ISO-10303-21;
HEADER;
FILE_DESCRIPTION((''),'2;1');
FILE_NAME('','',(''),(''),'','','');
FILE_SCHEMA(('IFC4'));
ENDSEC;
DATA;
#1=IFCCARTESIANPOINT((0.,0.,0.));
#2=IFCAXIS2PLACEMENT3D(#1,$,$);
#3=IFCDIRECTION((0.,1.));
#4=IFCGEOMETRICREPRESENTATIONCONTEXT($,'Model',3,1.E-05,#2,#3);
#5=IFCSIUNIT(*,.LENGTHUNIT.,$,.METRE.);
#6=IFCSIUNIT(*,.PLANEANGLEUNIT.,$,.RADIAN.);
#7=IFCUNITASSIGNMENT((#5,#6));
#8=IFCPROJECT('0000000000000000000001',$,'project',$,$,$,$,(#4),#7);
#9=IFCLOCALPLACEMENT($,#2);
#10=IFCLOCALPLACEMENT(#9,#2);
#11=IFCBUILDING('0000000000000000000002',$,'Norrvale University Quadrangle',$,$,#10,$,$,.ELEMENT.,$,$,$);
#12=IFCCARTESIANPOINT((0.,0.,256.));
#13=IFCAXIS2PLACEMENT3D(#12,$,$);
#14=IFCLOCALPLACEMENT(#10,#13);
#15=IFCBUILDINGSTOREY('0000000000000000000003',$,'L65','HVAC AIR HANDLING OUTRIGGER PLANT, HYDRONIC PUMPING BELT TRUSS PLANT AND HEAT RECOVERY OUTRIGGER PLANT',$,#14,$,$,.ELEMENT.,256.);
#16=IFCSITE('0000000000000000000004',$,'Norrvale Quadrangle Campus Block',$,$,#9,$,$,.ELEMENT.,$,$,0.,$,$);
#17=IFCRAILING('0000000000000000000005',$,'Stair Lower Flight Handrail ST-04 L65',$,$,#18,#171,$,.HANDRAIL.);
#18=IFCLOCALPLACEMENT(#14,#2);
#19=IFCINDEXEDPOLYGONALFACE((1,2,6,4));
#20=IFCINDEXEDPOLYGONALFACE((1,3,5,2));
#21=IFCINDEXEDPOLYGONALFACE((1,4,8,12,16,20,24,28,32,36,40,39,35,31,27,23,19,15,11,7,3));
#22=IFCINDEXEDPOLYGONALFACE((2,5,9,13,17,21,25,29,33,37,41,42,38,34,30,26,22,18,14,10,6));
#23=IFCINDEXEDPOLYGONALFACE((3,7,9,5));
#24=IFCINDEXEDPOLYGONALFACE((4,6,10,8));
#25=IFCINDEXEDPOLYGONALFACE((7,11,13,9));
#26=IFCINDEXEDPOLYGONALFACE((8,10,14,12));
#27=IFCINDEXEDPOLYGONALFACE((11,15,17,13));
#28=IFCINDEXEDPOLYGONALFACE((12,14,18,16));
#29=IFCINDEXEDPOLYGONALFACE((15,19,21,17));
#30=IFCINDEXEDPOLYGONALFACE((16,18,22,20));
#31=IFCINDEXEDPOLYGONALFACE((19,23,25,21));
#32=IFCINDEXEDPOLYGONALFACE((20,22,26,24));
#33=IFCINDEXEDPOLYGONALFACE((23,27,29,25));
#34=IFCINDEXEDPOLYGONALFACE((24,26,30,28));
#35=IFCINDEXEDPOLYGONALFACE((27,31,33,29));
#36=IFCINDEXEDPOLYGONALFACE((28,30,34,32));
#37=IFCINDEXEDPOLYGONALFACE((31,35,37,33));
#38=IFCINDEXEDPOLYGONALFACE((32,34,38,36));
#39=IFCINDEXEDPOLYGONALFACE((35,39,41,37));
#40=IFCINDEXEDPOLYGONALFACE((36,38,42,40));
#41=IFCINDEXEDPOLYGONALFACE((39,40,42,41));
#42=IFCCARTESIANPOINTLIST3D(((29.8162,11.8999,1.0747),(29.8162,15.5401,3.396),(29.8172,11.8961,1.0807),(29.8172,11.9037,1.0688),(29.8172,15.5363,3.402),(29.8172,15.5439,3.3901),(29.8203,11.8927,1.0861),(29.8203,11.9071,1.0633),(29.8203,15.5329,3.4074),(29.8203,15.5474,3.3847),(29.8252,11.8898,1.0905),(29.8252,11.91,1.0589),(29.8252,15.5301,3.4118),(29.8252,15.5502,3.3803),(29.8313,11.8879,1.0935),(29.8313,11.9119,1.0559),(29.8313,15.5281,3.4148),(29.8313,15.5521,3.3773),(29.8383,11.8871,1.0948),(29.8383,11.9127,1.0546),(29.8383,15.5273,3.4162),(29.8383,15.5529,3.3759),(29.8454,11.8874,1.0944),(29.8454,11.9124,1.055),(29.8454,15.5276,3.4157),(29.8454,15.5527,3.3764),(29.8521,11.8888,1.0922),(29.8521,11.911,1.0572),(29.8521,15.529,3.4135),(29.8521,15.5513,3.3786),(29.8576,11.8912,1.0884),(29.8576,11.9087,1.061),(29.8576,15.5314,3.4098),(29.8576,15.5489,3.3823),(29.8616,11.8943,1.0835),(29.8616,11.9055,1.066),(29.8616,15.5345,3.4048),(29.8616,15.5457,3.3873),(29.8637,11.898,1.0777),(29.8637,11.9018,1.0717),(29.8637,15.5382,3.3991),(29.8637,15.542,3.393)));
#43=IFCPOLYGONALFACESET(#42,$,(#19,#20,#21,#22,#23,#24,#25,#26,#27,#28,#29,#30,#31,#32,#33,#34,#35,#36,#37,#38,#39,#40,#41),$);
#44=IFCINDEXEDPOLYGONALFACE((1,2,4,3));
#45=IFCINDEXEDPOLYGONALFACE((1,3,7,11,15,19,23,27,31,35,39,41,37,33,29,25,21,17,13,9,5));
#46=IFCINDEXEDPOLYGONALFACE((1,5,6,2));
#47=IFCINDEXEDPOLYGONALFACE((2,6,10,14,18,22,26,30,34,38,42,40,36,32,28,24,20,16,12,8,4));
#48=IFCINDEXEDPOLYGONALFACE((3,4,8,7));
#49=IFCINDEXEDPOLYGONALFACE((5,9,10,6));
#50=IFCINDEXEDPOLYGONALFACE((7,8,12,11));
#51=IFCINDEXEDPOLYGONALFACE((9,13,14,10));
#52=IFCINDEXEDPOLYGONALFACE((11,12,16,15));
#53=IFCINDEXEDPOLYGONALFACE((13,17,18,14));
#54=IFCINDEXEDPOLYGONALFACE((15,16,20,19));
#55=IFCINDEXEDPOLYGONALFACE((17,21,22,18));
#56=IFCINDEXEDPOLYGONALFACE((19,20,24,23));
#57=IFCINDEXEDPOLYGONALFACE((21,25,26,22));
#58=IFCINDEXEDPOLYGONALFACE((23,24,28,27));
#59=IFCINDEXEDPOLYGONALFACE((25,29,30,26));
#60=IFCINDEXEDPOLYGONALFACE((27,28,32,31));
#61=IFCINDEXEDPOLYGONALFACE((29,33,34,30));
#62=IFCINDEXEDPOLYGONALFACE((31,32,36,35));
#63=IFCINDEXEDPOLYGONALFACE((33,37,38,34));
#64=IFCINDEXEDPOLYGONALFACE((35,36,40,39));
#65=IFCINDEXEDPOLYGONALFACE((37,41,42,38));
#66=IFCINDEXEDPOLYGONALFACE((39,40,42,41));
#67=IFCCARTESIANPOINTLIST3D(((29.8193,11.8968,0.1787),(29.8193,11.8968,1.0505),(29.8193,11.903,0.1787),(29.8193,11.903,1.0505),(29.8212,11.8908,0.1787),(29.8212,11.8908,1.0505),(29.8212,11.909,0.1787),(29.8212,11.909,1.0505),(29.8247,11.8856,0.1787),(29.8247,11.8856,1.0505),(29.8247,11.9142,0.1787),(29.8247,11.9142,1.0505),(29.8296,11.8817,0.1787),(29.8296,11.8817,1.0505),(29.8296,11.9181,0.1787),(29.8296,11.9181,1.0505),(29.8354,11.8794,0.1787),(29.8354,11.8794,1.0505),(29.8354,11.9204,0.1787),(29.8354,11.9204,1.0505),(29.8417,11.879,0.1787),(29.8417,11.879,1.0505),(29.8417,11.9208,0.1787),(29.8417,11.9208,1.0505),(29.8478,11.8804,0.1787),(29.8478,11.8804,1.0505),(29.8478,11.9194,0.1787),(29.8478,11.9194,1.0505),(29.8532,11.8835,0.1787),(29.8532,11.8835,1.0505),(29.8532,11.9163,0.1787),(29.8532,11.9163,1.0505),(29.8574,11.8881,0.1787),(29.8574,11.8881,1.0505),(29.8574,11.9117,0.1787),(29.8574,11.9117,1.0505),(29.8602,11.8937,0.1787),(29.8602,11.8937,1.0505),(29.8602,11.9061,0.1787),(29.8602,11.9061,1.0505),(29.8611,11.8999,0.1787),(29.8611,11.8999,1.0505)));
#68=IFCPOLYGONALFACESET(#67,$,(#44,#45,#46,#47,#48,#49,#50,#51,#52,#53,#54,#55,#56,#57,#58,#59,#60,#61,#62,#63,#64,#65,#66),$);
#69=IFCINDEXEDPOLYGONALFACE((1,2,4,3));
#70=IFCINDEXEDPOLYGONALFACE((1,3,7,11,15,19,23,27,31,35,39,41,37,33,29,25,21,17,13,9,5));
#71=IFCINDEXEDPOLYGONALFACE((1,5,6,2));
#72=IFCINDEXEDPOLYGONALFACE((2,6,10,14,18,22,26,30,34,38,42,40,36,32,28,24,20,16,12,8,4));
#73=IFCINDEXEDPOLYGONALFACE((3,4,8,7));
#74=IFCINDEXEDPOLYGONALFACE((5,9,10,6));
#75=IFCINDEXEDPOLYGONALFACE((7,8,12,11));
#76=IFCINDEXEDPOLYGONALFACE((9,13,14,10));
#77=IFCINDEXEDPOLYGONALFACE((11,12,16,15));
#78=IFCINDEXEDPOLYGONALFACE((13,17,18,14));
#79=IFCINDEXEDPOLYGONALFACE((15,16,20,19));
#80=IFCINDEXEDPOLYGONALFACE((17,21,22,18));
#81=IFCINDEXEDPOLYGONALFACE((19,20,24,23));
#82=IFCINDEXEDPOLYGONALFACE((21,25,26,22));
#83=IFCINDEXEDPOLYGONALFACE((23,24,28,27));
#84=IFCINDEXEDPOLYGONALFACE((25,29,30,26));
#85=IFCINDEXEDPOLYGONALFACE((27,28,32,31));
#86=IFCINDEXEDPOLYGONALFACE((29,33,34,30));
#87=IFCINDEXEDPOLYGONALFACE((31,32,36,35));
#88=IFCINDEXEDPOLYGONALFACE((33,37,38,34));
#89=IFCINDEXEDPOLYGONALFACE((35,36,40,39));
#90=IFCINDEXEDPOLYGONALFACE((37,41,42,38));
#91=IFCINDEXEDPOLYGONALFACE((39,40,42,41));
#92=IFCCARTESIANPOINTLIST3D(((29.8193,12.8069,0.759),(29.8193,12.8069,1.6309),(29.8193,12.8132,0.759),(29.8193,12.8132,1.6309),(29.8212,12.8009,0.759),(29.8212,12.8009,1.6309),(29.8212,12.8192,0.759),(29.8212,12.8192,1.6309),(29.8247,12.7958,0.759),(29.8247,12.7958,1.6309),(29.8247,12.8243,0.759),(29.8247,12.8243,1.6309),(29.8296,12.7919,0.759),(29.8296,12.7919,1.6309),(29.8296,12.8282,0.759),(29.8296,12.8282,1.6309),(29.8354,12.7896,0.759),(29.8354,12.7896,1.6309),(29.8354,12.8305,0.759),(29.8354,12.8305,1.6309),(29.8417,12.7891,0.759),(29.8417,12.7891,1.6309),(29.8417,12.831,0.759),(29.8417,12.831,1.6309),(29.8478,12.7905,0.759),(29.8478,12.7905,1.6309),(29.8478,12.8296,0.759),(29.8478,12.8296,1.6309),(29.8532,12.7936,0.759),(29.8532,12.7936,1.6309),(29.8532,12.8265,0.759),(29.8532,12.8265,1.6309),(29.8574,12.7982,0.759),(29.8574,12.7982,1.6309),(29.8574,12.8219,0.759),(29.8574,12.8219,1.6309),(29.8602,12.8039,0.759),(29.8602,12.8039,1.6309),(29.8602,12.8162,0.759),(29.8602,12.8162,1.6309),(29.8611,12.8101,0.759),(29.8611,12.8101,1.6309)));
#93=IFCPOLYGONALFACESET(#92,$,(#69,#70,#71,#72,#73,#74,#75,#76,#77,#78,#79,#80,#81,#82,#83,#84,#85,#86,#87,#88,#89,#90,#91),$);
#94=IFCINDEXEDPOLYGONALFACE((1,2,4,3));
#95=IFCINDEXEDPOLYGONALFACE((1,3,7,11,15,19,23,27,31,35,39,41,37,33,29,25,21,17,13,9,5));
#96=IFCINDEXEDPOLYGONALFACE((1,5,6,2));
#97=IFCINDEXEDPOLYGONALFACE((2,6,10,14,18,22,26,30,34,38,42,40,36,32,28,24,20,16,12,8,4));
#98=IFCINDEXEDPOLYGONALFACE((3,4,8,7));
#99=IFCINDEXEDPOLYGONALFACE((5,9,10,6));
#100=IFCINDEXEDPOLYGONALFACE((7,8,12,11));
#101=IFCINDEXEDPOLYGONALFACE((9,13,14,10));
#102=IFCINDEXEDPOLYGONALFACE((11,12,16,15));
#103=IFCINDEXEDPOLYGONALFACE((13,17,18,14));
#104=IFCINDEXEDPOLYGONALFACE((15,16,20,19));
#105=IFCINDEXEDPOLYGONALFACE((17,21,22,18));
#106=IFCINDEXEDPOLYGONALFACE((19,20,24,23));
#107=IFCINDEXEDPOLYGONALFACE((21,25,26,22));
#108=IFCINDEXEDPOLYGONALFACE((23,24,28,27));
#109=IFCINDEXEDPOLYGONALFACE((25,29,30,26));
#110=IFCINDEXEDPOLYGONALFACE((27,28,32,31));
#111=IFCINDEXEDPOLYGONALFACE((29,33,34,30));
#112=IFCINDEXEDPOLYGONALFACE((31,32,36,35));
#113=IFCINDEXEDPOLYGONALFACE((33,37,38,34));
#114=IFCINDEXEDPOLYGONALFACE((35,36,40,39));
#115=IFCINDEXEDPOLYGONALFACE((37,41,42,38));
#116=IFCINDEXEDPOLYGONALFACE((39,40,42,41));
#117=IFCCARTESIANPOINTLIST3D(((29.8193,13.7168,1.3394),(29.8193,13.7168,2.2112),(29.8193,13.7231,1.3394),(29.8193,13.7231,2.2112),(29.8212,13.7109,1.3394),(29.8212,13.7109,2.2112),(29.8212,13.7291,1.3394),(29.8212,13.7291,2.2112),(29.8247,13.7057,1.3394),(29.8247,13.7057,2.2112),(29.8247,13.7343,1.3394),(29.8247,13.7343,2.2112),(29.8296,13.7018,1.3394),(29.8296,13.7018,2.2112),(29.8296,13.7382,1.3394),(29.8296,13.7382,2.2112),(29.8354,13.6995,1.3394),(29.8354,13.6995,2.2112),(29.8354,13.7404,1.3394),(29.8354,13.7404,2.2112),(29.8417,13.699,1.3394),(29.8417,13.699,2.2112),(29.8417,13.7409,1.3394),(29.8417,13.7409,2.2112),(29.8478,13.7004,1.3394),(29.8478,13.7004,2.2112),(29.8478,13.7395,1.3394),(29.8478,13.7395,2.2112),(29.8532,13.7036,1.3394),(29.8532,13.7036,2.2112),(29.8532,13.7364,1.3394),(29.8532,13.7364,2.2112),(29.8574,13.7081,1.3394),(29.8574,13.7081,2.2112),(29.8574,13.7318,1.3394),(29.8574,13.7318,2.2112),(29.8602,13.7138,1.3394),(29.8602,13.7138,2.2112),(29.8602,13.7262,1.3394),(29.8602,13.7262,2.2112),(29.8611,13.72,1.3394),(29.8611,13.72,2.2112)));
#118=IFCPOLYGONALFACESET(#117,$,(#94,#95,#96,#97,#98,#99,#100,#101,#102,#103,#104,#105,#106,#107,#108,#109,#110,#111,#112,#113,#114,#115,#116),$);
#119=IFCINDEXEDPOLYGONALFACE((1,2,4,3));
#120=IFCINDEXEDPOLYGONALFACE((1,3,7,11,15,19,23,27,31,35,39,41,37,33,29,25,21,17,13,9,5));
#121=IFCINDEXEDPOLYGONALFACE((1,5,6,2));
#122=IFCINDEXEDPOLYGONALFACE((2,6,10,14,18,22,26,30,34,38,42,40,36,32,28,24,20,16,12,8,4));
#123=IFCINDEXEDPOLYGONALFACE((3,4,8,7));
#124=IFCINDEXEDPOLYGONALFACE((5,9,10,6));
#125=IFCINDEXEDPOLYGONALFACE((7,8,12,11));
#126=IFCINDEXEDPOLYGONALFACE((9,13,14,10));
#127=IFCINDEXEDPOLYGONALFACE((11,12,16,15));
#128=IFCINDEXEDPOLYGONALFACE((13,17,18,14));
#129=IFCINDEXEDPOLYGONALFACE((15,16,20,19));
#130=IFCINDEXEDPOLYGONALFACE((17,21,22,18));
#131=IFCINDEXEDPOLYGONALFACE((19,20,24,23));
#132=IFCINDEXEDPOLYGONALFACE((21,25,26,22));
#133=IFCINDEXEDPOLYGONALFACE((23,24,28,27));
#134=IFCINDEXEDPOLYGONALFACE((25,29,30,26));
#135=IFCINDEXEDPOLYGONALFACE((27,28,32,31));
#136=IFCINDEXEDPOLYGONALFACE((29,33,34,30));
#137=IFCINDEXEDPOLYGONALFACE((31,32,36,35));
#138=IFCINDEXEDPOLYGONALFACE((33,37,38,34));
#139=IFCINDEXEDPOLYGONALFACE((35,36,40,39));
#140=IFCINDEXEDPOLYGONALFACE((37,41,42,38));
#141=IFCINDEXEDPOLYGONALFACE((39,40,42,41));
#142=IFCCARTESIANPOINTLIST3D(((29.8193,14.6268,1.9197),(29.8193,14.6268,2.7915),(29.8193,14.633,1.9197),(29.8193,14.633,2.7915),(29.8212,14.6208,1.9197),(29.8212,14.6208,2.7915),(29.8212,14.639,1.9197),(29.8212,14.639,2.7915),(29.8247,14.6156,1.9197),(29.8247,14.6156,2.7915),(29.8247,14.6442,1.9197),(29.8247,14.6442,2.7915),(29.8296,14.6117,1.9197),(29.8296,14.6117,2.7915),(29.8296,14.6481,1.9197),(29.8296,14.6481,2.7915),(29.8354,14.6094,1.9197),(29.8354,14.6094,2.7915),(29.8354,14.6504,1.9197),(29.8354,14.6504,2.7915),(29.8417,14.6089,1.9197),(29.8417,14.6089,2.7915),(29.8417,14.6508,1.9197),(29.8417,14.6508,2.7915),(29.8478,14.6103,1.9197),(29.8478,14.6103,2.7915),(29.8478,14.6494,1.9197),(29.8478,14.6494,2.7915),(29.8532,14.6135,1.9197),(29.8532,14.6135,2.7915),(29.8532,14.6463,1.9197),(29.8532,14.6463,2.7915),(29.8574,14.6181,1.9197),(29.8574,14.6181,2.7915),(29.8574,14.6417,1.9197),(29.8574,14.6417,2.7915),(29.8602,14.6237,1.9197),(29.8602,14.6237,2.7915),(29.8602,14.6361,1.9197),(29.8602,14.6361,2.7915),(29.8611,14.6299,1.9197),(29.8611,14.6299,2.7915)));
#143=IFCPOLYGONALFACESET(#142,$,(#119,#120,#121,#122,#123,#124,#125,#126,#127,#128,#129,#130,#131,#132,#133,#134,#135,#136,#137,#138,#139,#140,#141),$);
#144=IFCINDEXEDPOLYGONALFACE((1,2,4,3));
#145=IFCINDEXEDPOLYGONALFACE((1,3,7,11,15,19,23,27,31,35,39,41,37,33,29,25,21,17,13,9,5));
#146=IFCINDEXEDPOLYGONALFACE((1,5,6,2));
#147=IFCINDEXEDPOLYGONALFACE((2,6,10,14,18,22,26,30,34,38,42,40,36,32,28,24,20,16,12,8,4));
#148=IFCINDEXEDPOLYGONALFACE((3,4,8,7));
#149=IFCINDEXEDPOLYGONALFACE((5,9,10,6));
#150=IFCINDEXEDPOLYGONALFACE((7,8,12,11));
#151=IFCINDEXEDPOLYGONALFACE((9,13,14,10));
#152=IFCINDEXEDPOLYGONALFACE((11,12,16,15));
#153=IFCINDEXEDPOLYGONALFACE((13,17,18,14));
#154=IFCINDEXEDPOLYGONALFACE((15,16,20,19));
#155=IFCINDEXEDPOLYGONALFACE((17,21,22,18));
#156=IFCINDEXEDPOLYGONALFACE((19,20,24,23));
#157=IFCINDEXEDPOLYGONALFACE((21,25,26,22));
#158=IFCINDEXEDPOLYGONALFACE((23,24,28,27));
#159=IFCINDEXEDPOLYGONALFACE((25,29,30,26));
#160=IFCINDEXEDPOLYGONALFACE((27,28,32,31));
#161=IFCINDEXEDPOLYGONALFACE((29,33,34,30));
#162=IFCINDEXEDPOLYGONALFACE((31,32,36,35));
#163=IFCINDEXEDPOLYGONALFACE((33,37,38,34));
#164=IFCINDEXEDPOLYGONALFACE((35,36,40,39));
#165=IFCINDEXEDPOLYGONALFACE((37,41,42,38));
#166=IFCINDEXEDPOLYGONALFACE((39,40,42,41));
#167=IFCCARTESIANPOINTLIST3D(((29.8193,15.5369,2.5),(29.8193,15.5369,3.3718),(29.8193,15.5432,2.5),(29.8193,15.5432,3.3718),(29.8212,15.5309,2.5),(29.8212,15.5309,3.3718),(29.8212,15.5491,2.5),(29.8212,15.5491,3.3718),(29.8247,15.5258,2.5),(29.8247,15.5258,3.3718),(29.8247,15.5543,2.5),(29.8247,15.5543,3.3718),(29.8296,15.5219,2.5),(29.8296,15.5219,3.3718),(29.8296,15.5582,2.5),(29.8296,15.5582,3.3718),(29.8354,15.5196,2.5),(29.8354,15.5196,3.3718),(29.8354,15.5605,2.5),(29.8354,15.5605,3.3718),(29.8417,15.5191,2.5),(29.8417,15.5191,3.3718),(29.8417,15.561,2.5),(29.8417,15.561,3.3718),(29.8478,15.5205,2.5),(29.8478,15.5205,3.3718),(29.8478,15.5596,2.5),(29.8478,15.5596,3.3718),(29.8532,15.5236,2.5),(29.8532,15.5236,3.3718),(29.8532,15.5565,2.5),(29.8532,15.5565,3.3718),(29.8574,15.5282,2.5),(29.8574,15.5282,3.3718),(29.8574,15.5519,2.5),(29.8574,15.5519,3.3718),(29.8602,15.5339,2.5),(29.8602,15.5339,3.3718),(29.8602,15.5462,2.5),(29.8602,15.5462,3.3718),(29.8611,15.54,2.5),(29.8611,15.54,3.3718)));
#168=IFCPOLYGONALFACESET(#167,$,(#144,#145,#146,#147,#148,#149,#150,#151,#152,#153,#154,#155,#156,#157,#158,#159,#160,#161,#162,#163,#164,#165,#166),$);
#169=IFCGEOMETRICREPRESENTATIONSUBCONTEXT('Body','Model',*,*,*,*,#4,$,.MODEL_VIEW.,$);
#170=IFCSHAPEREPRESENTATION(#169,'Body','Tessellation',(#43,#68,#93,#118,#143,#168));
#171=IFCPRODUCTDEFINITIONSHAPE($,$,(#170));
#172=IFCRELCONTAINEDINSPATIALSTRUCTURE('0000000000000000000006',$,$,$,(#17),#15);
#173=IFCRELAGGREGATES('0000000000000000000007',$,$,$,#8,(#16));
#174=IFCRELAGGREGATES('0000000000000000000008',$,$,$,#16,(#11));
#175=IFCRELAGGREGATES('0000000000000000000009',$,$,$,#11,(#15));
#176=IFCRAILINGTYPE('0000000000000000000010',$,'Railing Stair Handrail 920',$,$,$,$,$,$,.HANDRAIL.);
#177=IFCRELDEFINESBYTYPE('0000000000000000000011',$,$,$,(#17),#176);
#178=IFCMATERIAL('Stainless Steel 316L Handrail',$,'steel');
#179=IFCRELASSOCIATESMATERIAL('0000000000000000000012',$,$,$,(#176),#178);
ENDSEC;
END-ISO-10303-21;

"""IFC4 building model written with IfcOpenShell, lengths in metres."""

from ifc_helpers import new_model, si_unit, direction, frame, origin, origin_2d, place, context, subcontext, project, spatial, circle, extrude, material, type_object, element, save


model = new_model("IFC4")

# Units and contexts
model_context = context("Model", 3, precision=1e-05, world=origin(), true_north=direction((0.0, 1.0)))
body_context = subcontext(model_context, "Body", "Model", "MODEL_VIEW")
ifc_project = project(units=[si_unit("LENGTHUNIT", "METRE"), si_unit("PLANEANGLEUNIT", "RADIAN")], contexts=[model_context])

# Site, building, storey
site_placement = place(None, origin())
site = spatial("IfcSite", under=ifc_project, at=site_placement, Name="Norrvale Quadrangle Campus Block", CompositionType="ELEMENT", RefElevation=0.0)
building_placement = place(site_placement, origin())
building = spatial("IfcBuilding", under=site, at=building_placement, Name="Norrvale University Quadrangle", CompositionType="ELEMENT")
storey_placement = place(building_placement, frame((0.0, 0.0, 256.0)))
storey = spatial("IfcBuildingStorey", under=building, at=storey_placement, Name="L65", Description="HVAC AIR HANDLING OUTRIGGER PLANT, HYDRONIC PUMPING BELT TRUSS PLANT AND HEAT RECOVERY OUTRIGGER PLANT", CompositionType="ELEMENT", Elevation=256.0)

# Railing
ifc_material_1 = material(Name="Stainless Steel 316L Handrail", Category="steel")
railing_type_1 = type_object("IfcRailingType", Name="Railing Stair Handrail 920", PredefinedType="HANDRAIL", material=ifc_material_1)
railing_1_placement = place(storey_placement, frame((29.8401, 11.8999, 0.1787)))
element("IfcRailing", 1, at=railing_1_placement, inside=storey, type_object=railing_type_1, Name="Stair Lower Flight Handrail ST-04 L65", PredefinedType="HANDRAIL", context=body_context, shape_type="SweptSolid", body=[
    extrude(circle(Radius=0.0239, at=origin_2d()), frame((0.0, 0.0, 0.896), z_axis=(0.0, 0.843153, 0.537673), x_axis=(-1.0, 0.0, 0.0)), (0.0, 0.0, 1.0), 4.3174),
    extrude(circle(Radius=0.021, at=origin_2d()), origin(), (0.0, 0.0, 1.0), 0.8718),
    extrude(circle(Radius=0.021, at=origin_2d()), frame((0.0, 0.9102, 0.5803)), (0.0, 0.0, 1.0), 0.8718),
    extrude(circle(Radius=0.021, at=origin_2d()), frame((0.0, 1.8201, 1.1606)), (0.0, 0.0, 1.0), 0.8718),
    extrude(circle(Radius=0.021, at=origin_2d()), frame((0.0, 2.73, 1.741)), (0.0, 0.0, 1.0), 0.8718),
    extrude(circle(Radius=0.021, at=origin_2d()), frame((0.0, 3.6401, 2.3213)), (0.0, 0.0, 1.0), 0.8718),
])

save(model, "model.ifc")
